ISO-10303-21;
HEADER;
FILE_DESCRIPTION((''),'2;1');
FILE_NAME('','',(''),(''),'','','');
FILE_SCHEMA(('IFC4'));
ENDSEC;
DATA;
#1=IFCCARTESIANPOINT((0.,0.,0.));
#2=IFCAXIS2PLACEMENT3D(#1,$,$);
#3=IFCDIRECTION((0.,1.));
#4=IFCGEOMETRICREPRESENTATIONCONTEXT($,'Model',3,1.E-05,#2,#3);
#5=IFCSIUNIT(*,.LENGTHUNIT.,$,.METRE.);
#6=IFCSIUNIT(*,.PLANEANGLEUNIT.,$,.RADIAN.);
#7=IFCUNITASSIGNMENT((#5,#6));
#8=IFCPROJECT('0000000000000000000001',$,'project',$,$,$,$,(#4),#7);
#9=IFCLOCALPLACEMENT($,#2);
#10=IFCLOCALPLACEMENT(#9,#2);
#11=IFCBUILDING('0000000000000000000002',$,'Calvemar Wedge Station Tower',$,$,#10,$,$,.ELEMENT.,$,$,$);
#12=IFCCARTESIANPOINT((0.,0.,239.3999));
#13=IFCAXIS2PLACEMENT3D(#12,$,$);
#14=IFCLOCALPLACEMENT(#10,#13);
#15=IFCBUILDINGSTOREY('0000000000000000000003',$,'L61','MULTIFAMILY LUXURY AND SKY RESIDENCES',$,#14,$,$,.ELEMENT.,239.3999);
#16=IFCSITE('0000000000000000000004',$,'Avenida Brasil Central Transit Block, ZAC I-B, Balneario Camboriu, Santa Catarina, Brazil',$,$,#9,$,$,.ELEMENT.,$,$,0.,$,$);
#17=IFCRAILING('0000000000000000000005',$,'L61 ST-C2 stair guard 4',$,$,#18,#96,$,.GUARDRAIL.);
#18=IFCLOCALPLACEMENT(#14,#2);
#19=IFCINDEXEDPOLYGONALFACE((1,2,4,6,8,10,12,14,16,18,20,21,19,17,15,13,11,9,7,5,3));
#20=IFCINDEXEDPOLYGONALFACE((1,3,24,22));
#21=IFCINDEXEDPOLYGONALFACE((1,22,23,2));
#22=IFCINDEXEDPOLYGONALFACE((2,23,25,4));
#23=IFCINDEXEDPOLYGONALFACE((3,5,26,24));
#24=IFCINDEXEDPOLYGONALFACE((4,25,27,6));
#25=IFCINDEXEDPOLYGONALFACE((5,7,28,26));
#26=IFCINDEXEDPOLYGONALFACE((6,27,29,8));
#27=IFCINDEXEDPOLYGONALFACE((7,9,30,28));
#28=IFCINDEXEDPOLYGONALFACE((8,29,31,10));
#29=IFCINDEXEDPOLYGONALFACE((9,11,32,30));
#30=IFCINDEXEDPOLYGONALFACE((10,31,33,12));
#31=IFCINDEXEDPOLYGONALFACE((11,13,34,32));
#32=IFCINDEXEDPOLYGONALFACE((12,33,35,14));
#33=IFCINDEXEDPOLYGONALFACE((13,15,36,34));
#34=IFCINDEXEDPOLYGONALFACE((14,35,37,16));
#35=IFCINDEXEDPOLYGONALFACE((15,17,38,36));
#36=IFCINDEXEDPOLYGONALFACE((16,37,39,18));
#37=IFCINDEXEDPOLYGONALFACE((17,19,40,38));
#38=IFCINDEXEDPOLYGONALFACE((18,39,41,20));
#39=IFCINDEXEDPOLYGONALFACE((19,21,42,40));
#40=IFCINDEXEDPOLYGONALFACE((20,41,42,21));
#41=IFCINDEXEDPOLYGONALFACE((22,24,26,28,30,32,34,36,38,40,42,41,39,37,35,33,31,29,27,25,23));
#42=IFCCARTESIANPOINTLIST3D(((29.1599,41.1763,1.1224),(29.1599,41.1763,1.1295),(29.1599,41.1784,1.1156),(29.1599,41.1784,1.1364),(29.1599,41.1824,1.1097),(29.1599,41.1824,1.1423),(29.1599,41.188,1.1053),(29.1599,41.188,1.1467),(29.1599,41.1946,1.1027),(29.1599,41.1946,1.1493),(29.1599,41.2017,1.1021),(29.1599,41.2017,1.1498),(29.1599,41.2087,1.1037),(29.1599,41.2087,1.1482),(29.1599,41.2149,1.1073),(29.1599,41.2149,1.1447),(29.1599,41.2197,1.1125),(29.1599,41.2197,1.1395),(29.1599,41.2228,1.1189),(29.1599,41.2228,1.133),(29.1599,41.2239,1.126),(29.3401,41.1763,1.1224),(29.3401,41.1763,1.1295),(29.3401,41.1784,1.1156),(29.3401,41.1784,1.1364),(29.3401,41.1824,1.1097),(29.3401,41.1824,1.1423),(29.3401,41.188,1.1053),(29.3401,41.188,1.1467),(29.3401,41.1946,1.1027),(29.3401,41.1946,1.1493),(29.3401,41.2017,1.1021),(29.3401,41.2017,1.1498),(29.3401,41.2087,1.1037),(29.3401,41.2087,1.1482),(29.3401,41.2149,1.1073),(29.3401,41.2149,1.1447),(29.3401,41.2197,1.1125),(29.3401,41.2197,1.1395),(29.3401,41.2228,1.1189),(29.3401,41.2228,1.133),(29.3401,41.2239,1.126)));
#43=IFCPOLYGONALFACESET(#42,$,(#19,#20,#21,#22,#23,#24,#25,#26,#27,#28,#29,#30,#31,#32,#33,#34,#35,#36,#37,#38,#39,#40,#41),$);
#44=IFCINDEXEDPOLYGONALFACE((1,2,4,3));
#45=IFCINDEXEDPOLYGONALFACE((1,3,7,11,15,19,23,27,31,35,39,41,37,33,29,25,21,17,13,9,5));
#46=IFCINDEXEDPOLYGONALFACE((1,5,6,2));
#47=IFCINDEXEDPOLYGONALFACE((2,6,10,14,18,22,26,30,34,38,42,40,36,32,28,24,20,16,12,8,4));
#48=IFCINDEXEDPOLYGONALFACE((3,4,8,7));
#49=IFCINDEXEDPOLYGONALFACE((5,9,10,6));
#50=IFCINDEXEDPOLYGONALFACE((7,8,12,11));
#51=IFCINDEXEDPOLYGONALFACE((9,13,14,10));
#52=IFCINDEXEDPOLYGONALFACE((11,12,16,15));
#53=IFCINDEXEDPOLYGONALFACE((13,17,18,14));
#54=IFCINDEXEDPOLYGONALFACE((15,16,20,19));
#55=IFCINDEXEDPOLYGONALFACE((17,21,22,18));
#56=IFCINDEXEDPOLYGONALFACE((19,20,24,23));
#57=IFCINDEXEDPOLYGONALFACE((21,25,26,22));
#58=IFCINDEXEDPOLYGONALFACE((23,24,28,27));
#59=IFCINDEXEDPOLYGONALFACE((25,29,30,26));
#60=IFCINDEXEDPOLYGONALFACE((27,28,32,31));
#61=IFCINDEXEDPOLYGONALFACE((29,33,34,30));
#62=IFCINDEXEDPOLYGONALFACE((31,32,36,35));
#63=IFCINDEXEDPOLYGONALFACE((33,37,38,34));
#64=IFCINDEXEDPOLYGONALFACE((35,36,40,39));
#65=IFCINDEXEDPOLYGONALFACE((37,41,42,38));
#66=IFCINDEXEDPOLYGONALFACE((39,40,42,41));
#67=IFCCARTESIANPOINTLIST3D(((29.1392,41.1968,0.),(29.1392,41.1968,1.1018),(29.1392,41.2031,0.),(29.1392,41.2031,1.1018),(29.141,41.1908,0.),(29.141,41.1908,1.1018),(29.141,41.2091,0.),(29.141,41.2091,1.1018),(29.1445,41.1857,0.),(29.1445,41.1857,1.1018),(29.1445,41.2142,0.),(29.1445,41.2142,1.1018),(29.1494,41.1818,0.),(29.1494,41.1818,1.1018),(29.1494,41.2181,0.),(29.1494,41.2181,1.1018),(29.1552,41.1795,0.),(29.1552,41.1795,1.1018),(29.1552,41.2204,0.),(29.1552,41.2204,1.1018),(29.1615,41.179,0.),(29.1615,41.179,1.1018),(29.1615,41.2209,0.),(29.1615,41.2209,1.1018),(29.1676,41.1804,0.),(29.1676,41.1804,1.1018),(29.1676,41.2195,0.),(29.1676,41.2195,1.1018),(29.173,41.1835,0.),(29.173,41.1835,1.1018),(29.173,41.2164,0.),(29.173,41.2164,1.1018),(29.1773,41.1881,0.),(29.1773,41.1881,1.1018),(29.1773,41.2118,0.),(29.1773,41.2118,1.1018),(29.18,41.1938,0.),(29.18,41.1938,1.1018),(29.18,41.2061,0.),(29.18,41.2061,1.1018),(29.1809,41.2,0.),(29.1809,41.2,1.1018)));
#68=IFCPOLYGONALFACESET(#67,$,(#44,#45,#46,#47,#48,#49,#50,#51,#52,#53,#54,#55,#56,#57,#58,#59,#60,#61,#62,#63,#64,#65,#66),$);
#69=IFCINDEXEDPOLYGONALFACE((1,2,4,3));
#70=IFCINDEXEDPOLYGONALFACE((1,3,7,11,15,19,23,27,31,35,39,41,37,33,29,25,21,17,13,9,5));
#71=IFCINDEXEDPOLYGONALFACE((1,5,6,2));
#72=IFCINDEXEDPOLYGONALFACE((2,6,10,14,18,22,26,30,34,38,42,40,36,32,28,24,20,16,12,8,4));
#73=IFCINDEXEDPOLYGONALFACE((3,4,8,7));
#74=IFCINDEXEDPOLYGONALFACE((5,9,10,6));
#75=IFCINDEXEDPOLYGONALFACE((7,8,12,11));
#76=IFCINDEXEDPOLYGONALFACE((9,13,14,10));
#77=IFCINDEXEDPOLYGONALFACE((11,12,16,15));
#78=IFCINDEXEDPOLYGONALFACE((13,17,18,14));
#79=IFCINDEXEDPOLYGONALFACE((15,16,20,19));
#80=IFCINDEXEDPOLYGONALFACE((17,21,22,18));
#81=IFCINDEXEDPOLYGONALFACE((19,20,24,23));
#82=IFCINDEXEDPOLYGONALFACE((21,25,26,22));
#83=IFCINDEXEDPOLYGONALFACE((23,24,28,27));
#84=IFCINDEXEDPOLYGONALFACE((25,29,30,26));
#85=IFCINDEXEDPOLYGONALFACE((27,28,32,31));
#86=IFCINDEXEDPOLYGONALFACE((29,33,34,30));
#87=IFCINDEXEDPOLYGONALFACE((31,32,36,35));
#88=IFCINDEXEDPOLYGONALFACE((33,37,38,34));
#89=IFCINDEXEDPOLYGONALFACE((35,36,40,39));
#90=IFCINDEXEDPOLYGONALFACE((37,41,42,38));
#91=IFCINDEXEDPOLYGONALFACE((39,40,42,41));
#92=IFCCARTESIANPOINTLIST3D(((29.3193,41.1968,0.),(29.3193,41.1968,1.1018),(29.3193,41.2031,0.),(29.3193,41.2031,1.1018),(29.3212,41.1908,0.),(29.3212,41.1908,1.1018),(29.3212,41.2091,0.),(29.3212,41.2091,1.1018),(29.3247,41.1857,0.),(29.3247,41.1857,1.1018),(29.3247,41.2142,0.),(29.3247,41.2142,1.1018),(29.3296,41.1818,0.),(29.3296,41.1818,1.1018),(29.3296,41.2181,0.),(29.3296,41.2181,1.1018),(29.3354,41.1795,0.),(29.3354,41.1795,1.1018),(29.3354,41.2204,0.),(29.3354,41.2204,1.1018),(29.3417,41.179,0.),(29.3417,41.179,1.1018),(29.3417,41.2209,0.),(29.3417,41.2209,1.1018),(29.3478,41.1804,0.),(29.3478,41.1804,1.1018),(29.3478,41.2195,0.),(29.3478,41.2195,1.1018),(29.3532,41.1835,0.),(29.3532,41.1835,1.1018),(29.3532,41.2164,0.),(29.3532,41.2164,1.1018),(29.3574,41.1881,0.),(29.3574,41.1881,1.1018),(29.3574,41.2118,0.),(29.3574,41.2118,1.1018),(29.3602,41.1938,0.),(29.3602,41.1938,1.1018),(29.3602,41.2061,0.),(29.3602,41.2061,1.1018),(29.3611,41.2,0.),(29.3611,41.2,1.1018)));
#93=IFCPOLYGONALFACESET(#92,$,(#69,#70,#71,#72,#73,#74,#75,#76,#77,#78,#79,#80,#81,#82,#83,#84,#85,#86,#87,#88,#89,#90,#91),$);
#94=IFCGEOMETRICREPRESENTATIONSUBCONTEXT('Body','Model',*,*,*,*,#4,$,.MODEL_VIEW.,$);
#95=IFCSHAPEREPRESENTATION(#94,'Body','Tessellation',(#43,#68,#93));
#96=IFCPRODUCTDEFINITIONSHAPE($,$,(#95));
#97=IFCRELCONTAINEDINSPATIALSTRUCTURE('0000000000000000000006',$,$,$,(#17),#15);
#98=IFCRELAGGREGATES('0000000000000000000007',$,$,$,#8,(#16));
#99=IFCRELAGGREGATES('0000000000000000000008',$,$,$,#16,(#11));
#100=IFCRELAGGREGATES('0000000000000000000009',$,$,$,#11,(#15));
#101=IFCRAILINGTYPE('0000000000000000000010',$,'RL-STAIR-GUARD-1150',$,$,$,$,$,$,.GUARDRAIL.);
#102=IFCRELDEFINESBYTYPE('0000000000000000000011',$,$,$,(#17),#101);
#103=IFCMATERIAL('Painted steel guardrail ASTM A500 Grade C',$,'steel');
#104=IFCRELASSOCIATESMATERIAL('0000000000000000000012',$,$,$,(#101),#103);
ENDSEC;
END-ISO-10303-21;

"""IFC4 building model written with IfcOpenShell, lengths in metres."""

from ifc_helpers import new_model, si_unit, direction, frame, origin, origin_2d, place, context, subcontext, project, spatial, circle, extrude, material, type_object, element, save


model = new_model("IFC4")

# Units and contexts
model_context = context("Model", 3, precision=1e-05, world=origin(), true_north=direction((0.0, 1.0)))
body_context = subcontext(model_context, "Body", "Model", "MODEL_VIEW")
ifc_project = project(units=[si_unit("LENGTHUNIT", "METRE"), si_unit("PLANEANGLEUNIT", "RADIAN")], contexts=[model_context])

# Site, building, storey
site_placement = place(None, origin())
site = spatial("IfcSite", under=ifc_project, at=site_placement, Name="Avenida Brasil Central Transit Block, ZAC I-B, Balneario Camboriu, Santa Catarina, Brazil", CompositionType="ELEMENT", RefElevation=0.0)
building_placement = place(site_placement, origin())
building = spatial("IfcBuilding", under=site, at=building_placement, Name="Calvemar Wedge Station Tower", CompositionType="ELEMENT")
storey_placement = place(building_placement, frame((0.0, 0.0, 239.3999)))
storey = spatial("IfcBuildingStorey", under=building, at=storey_placement, Name="L61", Description="MULTIFAMILY LUXURY AND SKY RESIDENCES", CompositionType="ELEMENT", Elevation=239.3999)

# Railing
ifc_material_1 = material(Name="Painted steel guardrail ASTM A500 Grade C", Category="steel")
railing_type_1 = type_object("IfcRailingType", Name="RL-STAIR-GUARD-1150", PredefinedType="GUARDRAIL", material=ifc_material_1)
railing_1_placement = place(storey_placement, frame((29.1599, 41.2, 0.0)))
element("IfcRailing", 1, at=railing_1_placement, inside=storey, type_object=railing_type_1, Name="L61 ST-C2 stair guard 4", PredefinedType="GUARDRAIL", context=body_context, shape_type="SweptSolid", body=[
    extrude(circle(Radius=0.0239, at=origin_2d()), frame((0.0, 0.0, 1.126), z_axis=(1.0, 0.0, 0.0), x_axis=(0.0, 1.0, 0.0)), (0.0, 0.0, 1.0), 0.1802),
    extrude(circle(Radius=0.021, at=origin_2d()), origin(), (0.0, 0.0, 1.0), 1.1018),
    extrude(circle(Radius=0.021, at=origin_2d()), frame((0.1802, 0.0, 0.0)), (0.0, 0.0, 1.0), 1.1018),
])

save(model, "model.ifc")
